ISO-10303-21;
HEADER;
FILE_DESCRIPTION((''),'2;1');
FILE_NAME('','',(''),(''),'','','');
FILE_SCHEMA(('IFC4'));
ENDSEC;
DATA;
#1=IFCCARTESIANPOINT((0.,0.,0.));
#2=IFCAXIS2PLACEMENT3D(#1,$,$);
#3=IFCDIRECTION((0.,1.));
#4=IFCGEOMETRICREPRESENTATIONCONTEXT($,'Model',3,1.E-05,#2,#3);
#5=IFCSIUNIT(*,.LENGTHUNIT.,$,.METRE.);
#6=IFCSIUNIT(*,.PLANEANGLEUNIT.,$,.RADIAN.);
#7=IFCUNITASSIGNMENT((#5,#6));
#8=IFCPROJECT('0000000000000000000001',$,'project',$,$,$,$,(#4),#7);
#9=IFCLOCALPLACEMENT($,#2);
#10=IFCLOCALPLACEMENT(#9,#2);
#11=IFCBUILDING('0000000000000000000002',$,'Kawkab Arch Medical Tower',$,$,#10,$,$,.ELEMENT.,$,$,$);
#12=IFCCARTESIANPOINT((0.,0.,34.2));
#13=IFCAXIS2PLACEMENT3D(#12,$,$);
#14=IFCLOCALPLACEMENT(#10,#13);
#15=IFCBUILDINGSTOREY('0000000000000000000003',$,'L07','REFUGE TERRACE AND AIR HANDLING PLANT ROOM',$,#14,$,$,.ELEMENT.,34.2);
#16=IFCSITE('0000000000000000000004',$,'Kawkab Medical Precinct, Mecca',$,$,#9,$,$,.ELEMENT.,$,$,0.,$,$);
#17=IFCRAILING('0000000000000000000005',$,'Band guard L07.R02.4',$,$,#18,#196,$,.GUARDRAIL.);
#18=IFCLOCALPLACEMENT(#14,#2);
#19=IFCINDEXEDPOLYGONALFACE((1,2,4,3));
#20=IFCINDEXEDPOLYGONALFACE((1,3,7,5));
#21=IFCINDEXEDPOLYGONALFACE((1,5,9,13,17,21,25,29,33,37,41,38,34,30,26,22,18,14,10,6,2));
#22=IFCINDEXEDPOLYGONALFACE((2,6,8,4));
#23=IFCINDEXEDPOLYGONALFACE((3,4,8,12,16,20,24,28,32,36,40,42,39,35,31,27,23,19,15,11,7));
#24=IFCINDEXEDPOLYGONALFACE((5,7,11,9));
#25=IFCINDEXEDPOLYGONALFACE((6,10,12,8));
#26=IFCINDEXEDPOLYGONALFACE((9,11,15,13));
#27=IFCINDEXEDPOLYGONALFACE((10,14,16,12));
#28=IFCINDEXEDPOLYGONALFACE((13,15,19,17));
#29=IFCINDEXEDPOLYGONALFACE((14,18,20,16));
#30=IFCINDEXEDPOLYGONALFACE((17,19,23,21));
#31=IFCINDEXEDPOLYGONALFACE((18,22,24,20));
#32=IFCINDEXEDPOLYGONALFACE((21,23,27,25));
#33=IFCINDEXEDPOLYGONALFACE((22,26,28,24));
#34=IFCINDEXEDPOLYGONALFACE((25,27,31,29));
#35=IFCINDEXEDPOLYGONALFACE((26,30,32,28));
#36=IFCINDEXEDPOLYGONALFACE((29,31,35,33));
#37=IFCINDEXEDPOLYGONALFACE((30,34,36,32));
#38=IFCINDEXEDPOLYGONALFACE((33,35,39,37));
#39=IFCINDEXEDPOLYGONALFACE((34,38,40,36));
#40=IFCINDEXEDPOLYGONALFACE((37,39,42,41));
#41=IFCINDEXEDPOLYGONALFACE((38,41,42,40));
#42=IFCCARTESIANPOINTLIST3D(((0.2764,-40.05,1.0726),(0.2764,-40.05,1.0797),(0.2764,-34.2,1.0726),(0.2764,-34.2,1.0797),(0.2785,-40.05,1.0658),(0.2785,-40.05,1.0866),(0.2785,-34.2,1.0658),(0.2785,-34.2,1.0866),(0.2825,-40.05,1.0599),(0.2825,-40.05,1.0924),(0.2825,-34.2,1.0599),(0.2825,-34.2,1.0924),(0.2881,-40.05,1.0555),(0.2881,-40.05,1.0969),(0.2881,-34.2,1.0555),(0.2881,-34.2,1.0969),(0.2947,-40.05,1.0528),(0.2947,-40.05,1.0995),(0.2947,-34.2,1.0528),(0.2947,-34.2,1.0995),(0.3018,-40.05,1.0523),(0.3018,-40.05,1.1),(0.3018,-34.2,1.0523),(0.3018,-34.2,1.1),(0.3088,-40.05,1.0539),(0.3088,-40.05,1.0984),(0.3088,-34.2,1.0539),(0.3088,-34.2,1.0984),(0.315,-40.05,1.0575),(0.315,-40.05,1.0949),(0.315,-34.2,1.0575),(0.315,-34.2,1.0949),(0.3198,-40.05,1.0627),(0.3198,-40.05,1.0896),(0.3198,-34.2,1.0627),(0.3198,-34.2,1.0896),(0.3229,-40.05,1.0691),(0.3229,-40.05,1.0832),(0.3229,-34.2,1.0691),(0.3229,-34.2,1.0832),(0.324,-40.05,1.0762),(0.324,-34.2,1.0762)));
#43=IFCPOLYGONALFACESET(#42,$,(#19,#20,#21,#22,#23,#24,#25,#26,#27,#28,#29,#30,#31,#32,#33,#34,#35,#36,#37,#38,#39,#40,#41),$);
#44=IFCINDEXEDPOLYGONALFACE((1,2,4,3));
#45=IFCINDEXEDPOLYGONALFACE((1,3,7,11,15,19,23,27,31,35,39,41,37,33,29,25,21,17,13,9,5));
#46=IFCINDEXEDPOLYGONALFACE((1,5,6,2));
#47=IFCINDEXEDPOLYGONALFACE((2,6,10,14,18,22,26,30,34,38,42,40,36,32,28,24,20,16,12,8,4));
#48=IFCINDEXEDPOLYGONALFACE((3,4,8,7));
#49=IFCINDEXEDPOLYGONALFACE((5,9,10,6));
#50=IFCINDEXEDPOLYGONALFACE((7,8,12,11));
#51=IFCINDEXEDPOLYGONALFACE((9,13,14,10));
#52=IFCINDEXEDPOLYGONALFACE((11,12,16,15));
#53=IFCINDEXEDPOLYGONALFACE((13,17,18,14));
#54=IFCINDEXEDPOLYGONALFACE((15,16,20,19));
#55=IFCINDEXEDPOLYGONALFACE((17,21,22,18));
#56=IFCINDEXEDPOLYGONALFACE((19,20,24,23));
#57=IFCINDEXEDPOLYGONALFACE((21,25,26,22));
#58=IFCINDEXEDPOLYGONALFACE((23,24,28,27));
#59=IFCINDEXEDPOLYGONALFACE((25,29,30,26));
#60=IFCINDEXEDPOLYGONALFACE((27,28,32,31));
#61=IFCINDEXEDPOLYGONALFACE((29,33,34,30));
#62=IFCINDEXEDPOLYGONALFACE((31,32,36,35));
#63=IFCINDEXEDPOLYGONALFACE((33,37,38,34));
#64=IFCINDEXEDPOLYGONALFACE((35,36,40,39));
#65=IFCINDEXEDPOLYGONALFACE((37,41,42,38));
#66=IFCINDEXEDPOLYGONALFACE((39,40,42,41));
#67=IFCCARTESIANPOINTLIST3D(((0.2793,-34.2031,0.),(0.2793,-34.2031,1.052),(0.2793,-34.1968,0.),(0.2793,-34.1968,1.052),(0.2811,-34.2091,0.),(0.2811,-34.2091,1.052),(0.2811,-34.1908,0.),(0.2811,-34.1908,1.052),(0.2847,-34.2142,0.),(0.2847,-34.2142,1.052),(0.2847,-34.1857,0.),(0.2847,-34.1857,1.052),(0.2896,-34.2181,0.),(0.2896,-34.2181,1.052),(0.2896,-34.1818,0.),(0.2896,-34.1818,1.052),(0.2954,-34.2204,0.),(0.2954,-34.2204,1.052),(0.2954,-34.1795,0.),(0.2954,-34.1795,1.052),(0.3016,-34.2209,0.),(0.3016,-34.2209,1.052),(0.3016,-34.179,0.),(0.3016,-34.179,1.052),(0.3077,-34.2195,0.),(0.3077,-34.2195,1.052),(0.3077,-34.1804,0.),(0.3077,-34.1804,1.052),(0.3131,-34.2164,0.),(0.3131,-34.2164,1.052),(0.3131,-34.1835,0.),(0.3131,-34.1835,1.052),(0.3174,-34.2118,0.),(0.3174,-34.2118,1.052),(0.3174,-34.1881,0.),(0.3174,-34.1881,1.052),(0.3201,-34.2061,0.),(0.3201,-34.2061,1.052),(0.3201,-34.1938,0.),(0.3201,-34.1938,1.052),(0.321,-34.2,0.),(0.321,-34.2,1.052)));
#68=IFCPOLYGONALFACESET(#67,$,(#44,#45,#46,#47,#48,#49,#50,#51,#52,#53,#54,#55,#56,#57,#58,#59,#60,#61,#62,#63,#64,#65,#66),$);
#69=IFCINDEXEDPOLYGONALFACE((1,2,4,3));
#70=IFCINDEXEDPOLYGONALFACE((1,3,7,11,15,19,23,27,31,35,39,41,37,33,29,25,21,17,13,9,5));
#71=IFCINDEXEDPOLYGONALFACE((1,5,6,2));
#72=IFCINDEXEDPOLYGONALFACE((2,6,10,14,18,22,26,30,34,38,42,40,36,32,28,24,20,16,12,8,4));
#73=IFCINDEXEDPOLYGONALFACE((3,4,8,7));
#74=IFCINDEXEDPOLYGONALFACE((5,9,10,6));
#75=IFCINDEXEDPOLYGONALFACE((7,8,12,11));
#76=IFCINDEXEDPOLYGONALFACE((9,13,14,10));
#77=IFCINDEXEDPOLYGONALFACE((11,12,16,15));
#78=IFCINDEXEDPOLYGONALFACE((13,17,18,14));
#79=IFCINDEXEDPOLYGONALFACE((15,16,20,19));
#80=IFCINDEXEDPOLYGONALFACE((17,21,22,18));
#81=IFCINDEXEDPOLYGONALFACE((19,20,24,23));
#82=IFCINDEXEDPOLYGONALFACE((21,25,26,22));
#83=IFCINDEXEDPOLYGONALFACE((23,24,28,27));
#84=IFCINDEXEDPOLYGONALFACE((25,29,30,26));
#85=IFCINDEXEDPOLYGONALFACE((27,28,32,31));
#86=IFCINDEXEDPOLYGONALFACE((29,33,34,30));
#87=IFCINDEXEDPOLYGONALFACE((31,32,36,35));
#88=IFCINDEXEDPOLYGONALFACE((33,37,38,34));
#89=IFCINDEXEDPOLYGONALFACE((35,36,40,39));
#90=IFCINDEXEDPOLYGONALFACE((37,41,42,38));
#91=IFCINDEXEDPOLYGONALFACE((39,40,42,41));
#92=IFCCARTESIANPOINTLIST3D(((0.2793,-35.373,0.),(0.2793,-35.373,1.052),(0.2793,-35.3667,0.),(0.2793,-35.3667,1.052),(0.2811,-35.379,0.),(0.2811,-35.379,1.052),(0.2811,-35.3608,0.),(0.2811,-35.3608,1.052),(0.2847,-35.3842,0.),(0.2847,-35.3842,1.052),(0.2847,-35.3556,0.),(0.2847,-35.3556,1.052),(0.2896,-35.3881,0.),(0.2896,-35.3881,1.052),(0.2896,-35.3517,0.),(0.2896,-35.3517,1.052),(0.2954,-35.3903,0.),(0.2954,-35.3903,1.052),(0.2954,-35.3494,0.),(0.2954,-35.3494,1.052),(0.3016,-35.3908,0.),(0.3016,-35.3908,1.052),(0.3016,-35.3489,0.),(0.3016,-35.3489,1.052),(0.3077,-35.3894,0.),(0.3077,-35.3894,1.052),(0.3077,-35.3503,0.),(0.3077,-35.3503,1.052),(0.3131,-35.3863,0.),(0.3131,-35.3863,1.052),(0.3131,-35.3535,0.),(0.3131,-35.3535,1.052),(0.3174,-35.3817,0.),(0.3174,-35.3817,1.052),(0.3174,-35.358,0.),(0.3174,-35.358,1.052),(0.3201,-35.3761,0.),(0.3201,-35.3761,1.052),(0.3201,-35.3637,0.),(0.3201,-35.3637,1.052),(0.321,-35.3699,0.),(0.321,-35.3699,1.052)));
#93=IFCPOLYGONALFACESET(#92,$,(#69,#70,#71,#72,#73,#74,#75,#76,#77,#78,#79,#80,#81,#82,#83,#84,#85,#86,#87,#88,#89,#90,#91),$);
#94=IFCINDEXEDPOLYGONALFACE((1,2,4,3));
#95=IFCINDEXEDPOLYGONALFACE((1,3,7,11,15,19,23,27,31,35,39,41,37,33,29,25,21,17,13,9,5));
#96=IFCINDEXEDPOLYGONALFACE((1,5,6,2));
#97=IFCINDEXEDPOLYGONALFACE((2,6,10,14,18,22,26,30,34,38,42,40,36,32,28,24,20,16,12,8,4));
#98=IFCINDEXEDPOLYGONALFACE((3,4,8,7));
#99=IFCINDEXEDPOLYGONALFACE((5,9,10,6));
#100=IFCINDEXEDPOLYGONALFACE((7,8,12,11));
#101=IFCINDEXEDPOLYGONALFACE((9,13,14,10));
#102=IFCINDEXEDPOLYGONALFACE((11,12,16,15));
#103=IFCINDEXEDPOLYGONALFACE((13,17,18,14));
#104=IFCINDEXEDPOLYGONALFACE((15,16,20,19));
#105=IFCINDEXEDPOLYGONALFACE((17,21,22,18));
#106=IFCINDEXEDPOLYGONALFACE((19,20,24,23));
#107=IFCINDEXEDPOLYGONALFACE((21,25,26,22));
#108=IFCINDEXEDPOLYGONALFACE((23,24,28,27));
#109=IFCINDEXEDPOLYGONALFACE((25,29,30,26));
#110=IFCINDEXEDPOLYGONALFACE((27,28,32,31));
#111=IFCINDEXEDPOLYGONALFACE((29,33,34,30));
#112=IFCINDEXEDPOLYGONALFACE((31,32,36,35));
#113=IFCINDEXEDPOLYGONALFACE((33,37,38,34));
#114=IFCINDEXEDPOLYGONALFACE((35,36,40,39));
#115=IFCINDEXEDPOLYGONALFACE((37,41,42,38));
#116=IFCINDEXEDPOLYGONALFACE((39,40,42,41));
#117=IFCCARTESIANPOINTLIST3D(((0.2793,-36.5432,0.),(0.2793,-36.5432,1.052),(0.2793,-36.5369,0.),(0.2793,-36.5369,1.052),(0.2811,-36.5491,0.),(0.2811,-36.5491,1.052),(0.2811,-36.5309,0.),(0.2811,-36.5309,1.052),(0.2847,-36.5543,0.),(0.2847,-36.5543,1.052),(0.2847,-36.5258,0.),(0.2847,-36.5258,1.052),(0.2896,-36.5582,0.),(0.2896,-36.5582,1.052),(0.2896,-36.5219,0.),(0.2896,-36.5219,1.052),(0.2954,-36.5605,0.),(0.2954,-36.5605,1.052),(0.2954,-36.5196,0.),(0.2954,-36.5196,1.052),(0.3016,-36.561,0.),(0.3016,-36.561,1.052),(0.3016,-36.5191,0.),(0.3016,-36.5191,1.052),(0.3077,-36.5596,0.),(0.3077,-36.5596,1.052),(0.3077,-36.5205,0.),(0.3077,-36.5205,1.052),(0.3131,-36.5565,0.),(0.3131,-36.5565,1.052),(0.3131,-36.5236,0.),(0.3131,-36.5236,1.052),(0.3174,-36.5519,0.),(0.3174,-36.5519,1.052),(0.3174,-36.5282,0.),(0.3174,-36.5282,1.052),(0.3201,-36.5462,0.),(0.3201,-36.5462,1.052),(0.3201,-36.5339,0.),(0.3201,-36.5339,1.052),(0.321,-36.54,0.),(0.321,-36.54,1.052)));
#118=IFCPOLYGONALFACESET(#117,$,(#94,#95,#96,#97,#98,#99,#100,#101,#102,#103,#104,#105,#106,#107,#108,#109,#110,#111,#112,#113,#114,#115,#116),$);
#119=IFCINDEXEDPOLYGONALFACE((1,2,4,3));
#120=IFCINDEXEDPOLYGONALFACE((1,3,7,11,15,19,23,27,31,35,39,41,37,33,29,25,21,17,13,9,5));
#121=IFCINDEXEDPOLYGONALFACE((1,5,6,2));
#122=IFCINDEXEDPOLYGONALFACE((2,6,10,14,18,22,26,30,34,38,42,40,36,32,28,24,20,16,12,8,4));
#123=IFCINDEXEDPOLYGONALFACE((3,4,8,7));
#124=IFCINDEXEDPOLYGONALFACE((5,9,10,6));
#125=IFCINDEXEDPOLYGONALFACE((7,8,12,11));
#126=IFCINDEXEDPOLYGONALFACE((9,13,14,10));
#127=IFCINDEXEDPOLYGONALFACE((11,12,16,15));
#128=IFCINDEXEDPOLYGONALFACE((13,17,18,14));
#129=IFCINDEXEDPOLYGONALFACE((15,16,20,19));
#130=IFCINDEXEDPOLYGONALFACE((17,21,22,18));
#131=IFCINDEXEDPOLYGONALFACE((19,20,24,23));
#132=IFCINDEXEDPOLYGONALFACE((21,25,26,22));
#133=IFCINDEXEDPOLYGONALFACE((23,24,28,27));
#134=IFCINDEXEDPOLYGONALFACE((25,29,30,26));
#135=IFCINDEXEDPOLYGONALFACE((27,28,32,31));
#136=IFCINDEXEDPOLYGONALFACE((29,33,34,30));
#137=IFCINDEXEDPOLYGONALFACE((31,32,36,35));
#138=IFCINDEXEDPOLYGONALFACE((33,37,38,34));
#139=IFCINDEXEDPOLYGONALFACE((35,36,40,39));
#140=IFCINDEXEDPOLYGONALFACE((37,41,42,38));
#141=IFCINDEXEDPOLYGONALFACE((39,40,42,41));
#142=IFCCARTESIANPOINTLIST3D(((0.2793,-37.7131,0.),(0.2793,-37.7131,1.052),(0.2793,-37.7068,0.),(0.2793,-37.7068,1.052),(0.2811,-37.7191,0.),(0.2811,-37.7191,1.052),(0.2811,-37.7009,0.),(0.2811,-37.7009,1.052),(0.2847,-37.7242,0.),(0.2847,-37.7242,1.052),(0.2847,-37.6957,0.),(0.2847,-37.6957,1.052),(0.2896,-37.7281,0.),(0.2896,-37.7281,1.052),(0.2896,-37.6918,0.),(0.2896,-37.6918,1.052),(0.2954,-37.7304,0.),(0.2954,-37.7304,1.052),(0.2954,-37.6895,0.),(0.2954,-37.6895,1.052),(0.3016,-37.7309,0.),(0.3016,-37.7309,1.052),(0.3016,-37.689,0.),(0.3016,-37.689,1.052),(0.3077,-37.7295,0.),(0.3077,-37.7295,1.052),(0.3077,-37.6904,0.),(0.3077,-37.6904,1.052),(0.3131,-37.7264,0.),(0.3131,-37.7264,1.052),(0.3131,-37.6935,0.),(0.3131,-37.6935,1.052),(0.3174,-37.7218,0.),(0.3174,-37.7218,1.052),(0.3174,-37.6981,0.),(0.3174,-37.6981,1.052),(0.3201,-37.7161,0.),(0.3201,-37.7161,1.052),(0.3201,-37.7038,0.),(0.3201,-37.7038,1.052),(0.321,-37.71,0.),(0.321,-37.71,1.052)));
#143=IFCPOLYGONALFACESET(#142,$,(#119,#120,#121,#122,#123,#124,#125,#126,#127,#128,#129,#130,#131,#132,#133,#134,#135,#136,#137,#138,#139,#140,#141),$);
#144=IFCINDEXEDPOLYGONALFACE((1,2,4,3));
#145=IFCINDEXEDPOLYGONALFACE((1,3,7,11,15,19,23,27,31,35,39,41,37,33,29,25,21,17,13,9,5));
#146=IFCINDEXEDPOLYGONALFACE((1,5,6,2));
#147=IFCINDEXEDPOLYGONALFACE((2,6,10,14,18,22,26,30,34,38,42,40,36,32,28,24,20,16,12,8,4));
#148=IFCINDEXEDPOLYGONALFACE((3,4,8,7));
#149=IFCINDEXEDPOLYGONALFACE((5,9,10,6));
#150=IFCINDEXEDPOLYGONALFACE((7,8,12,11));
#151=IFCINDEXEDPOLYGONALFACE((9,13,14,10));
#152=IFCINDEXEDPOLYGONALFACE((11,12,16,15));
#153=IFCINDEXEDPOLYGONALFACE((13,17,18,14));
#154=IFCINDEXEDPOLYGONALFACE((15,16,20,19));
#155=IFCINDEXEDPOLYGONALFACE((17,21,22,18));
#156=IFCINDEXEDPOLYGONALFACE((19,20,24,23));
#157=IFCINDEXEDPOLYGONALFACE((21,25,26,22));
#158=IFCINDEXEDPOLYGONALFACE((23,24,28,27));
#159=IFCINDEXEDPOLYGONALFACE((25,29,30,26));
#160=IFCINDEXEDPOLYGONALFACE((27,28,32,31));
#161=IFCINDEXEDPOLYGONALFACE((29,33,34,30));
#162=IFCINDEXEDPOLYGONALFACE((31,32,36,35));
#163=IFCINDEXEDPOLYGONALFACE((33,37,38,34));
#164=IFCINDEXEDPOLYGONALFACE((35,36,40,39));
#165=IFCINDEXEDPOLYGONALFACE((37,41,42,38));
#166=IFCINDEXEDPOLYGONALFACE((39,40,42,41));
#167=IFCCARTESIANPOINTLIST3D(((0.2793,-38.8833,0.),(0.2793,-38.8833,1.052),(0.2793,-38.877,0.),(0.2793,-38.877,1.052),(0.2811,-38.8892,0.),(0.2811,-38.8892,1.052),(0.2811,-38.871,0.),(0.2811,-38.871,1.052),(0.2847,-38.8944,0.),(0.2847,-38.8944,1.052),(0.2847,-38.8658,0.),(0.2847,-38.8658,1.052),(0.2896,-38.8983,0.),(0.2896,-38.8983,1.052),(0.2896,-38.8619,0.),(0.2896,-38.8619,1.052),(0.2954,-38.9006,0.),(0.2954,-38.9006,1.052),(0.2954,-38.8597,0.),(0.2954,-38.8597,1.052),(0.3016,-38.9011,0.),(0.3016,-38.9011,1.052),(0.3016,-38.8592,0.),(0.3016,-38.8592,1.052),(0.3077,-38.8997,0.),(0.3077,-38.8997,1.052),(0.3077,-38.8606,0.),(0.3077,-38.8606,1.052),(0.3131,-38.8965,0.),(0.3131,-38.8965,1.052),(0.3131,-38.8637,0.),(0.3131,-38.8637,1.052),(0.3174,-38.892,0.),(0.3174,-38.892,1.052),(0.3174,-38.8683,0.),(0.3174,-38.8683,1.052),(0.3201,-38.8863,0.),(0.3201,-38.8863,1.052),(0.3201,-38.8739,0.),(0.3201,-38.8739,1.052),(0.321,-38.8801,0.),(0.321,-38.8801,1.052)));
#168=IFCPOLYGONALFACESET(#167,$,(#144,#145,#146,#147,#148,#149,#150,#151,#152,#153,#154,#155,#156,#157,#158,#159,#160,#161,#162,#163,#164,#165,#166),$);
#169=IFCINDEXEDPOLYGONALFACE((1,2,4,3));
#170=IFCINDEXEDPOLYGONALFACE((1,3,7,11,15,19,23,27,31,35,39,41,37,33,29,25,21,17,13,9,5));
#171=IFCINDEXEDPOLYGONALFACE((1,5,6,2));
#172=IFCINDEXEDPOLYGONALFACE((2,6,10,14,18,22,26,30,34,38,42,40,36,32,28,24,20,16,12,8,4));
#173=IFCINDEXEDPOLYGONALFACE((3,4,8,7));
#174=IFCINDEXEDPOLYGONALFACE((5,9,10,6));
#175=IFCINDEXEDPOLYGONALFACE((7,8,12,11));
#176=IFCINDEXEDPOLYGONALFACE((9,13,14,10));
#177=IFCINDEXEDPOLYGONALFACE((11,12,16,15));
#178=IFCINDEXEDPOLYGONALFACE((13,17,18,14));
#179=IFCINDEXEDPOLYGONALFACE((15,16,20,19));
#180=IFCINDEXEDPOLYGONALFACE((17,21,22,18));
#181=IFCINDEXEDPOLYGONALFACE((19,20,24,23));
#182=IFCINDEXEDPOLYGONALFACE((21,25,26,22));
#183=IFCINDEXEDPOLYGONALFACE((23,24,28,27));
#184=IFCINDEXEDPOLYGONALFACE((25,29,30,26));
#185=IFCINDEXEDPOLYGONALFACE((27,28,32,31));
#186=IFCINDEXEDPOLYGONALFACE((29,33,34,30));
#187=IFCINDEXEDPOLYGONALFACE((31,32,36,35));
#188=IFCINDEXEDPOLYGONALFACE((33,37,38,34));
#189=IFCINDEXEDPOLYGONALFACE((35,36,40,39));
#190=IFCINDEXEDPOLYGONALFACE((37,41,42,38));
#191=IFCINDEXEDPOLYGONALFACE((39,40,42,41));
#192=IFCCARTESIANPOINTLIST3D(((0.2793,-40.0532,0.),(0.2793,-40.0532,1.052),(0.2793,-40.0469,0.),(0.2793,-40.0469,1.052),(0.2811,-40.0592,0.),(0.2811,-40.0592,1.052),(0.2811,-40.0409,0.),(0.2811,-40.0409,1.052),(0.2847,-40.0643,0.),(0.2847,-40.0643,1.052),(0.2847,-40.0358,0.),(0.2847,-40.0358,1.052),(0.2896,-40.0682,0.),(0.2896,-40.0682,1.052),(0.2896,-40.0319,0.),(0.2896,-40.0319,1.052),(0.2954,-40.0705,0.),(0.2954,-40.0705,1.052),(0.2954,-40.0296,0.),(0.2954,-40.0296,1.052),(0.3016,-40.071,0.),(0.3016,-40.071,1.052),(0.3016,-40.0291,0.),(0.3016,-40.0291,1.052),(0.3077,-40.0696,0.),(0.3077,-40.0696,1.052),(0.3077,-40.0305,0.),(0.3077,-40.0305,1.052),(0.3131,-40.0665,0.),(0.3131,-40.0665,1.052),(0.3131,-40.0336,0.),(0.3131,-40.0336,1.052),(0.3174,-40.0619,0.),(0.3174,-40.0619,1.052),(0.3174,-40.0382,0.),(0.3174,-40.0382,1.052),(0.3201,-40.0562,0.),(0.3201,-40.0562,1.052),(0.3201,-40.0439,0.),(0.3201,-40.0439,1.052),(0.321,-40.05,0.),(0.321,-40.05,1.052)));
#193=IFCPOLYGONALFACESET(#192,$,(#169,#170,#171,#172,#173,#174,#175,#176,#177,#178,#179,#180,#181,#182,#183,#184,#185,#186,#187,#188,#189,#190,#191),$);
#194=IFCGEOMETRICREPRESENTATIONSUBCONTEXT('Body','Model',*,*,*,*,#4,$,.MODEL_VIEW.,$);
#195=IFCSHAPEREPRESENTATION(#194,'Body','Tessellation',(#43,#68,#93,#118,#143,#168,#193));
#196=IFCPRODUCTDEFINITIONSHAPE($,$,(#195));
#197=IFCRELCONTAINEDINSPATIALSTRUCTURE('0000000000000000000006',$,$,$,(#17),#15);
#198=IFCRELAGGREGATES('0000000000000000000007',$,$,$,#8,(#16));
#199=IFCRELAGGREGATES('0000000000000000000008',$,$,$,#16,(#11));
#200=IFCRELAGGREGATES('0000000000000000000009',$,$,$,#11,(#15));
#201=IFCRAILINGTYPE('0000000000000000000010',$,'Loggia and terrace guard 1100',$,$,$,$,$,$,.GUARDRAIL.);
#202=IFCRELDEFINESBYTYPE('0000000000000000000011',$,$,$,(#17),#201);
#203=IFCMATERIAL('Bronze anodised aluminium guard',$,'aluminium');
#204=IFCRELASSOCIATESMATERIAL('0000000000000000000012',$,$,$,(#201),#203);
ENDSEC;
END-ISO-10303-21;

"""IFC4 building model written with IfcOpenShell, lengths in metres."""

from ifc_helpers import new_model, si_unit, direction, frame, origin, origin_2d, place, context, subcontext, project, spatial, circle, extrude, material, type_object, element, save


model = new_model("IFC4")

# Units and contexts
model_context = context("Model", 3, precision=1e-05, world=origin(), true_north=direction((0.0, 1.0)))
body_context = subcontext(model_context, "Body", "Model", "MODEL_VIEW")
ifc_project = project(units=[si_unit("LENGTHUNIT", "METRE"), si_unit("PLANEANGLEUNIT", "RADIAN")], contexts=[model_context])

# Site, building, storey
site_placement = place(None, origin())
site = spatial("IfcSite", under=ifc_project, at=site_placement, Name="Kawkab Medical Precinct, Mecca", CompositionType="ELEMENT", RefElevation=0.0)
building_placement = place(site_placement, origin())
building = spatial("IfcBuilding", under=site, at=building_placement, Name="Kawkab Arch Medical Tower", CompositionType="ELEMENT")
storey_placement = place(building_placement, frame((0.0, 0.0, 34.2)))
storey = spatial("IfcBuildingStorey", under=building, at=storey_placement, Name="L07", Description="REFUGE TERRACE AND AIR HANDLING PLANT ROOM", CompositionType="ELEMENT", Elevation=34.2)

# Railing
ifc_material_1 = material(Name="Bronze anodised aluminium guard", Category="aluminium")
railing_type_1 = type_object("IfcRailingType", Name="Loggia and terrace guard 1100", PredefinedType="GUARDRAIL", material=ifc_material_1)
railing_1_placement = place(storey_placement, frame((0.3, -34.2, 0.0)))
element("IfcRailing", 1, at=railing_1_placement, inside=storey, type_object=railing_type_1, Name="Band guard L07.R02.4", PredefinedType="GUARDRAIL", context=body_context, shape_type="SweptSolid", body=[
    extrude(circle(Radius=0.0239, at=origin_2d()), frame((0.0, 0.0, 1.0762), z_axis=(0.0, -1.0, 0.0), x_axis=(1.0, 0.0, 0.0)), (0.0, 0.0, 1.0), 5.8501),
    extrude(circle(Radius=0.021, at=origin_2d()), origin(), (0.0, 0.0, 1.0), 1.052),
    extrude(circle(Radius=0.021, at=origin_2d()), frame((0.0, -1.1699, 0.0)), (0.0, 0.0, 1.0), 1.052),
    extrude(circle(Radius=0.021, at=origin_2d()), frame((0.0, -2.3401, 0.0)), (0.0, 0.0, 1.0), 1.052),
    extrude(circle(Radius=0.021, at=origin_2d()), frame((0.0, -3.51, 0.0)), (0.0, 0.0, 1.0), 1.052),
    extrude(circle(Radius=0.021, at=origin_2d()), frame((0.0, -4.6802, 0.0)), (0.0, 0.0, 1.0), 1.052),
    extrude(circle(Radius=0.021, at=origin_2d()), frame((0.0, -5.8501, 0.0)), (0.0, 0.0, 1.0), 1.052),
])

save(model, "model.ifc")
